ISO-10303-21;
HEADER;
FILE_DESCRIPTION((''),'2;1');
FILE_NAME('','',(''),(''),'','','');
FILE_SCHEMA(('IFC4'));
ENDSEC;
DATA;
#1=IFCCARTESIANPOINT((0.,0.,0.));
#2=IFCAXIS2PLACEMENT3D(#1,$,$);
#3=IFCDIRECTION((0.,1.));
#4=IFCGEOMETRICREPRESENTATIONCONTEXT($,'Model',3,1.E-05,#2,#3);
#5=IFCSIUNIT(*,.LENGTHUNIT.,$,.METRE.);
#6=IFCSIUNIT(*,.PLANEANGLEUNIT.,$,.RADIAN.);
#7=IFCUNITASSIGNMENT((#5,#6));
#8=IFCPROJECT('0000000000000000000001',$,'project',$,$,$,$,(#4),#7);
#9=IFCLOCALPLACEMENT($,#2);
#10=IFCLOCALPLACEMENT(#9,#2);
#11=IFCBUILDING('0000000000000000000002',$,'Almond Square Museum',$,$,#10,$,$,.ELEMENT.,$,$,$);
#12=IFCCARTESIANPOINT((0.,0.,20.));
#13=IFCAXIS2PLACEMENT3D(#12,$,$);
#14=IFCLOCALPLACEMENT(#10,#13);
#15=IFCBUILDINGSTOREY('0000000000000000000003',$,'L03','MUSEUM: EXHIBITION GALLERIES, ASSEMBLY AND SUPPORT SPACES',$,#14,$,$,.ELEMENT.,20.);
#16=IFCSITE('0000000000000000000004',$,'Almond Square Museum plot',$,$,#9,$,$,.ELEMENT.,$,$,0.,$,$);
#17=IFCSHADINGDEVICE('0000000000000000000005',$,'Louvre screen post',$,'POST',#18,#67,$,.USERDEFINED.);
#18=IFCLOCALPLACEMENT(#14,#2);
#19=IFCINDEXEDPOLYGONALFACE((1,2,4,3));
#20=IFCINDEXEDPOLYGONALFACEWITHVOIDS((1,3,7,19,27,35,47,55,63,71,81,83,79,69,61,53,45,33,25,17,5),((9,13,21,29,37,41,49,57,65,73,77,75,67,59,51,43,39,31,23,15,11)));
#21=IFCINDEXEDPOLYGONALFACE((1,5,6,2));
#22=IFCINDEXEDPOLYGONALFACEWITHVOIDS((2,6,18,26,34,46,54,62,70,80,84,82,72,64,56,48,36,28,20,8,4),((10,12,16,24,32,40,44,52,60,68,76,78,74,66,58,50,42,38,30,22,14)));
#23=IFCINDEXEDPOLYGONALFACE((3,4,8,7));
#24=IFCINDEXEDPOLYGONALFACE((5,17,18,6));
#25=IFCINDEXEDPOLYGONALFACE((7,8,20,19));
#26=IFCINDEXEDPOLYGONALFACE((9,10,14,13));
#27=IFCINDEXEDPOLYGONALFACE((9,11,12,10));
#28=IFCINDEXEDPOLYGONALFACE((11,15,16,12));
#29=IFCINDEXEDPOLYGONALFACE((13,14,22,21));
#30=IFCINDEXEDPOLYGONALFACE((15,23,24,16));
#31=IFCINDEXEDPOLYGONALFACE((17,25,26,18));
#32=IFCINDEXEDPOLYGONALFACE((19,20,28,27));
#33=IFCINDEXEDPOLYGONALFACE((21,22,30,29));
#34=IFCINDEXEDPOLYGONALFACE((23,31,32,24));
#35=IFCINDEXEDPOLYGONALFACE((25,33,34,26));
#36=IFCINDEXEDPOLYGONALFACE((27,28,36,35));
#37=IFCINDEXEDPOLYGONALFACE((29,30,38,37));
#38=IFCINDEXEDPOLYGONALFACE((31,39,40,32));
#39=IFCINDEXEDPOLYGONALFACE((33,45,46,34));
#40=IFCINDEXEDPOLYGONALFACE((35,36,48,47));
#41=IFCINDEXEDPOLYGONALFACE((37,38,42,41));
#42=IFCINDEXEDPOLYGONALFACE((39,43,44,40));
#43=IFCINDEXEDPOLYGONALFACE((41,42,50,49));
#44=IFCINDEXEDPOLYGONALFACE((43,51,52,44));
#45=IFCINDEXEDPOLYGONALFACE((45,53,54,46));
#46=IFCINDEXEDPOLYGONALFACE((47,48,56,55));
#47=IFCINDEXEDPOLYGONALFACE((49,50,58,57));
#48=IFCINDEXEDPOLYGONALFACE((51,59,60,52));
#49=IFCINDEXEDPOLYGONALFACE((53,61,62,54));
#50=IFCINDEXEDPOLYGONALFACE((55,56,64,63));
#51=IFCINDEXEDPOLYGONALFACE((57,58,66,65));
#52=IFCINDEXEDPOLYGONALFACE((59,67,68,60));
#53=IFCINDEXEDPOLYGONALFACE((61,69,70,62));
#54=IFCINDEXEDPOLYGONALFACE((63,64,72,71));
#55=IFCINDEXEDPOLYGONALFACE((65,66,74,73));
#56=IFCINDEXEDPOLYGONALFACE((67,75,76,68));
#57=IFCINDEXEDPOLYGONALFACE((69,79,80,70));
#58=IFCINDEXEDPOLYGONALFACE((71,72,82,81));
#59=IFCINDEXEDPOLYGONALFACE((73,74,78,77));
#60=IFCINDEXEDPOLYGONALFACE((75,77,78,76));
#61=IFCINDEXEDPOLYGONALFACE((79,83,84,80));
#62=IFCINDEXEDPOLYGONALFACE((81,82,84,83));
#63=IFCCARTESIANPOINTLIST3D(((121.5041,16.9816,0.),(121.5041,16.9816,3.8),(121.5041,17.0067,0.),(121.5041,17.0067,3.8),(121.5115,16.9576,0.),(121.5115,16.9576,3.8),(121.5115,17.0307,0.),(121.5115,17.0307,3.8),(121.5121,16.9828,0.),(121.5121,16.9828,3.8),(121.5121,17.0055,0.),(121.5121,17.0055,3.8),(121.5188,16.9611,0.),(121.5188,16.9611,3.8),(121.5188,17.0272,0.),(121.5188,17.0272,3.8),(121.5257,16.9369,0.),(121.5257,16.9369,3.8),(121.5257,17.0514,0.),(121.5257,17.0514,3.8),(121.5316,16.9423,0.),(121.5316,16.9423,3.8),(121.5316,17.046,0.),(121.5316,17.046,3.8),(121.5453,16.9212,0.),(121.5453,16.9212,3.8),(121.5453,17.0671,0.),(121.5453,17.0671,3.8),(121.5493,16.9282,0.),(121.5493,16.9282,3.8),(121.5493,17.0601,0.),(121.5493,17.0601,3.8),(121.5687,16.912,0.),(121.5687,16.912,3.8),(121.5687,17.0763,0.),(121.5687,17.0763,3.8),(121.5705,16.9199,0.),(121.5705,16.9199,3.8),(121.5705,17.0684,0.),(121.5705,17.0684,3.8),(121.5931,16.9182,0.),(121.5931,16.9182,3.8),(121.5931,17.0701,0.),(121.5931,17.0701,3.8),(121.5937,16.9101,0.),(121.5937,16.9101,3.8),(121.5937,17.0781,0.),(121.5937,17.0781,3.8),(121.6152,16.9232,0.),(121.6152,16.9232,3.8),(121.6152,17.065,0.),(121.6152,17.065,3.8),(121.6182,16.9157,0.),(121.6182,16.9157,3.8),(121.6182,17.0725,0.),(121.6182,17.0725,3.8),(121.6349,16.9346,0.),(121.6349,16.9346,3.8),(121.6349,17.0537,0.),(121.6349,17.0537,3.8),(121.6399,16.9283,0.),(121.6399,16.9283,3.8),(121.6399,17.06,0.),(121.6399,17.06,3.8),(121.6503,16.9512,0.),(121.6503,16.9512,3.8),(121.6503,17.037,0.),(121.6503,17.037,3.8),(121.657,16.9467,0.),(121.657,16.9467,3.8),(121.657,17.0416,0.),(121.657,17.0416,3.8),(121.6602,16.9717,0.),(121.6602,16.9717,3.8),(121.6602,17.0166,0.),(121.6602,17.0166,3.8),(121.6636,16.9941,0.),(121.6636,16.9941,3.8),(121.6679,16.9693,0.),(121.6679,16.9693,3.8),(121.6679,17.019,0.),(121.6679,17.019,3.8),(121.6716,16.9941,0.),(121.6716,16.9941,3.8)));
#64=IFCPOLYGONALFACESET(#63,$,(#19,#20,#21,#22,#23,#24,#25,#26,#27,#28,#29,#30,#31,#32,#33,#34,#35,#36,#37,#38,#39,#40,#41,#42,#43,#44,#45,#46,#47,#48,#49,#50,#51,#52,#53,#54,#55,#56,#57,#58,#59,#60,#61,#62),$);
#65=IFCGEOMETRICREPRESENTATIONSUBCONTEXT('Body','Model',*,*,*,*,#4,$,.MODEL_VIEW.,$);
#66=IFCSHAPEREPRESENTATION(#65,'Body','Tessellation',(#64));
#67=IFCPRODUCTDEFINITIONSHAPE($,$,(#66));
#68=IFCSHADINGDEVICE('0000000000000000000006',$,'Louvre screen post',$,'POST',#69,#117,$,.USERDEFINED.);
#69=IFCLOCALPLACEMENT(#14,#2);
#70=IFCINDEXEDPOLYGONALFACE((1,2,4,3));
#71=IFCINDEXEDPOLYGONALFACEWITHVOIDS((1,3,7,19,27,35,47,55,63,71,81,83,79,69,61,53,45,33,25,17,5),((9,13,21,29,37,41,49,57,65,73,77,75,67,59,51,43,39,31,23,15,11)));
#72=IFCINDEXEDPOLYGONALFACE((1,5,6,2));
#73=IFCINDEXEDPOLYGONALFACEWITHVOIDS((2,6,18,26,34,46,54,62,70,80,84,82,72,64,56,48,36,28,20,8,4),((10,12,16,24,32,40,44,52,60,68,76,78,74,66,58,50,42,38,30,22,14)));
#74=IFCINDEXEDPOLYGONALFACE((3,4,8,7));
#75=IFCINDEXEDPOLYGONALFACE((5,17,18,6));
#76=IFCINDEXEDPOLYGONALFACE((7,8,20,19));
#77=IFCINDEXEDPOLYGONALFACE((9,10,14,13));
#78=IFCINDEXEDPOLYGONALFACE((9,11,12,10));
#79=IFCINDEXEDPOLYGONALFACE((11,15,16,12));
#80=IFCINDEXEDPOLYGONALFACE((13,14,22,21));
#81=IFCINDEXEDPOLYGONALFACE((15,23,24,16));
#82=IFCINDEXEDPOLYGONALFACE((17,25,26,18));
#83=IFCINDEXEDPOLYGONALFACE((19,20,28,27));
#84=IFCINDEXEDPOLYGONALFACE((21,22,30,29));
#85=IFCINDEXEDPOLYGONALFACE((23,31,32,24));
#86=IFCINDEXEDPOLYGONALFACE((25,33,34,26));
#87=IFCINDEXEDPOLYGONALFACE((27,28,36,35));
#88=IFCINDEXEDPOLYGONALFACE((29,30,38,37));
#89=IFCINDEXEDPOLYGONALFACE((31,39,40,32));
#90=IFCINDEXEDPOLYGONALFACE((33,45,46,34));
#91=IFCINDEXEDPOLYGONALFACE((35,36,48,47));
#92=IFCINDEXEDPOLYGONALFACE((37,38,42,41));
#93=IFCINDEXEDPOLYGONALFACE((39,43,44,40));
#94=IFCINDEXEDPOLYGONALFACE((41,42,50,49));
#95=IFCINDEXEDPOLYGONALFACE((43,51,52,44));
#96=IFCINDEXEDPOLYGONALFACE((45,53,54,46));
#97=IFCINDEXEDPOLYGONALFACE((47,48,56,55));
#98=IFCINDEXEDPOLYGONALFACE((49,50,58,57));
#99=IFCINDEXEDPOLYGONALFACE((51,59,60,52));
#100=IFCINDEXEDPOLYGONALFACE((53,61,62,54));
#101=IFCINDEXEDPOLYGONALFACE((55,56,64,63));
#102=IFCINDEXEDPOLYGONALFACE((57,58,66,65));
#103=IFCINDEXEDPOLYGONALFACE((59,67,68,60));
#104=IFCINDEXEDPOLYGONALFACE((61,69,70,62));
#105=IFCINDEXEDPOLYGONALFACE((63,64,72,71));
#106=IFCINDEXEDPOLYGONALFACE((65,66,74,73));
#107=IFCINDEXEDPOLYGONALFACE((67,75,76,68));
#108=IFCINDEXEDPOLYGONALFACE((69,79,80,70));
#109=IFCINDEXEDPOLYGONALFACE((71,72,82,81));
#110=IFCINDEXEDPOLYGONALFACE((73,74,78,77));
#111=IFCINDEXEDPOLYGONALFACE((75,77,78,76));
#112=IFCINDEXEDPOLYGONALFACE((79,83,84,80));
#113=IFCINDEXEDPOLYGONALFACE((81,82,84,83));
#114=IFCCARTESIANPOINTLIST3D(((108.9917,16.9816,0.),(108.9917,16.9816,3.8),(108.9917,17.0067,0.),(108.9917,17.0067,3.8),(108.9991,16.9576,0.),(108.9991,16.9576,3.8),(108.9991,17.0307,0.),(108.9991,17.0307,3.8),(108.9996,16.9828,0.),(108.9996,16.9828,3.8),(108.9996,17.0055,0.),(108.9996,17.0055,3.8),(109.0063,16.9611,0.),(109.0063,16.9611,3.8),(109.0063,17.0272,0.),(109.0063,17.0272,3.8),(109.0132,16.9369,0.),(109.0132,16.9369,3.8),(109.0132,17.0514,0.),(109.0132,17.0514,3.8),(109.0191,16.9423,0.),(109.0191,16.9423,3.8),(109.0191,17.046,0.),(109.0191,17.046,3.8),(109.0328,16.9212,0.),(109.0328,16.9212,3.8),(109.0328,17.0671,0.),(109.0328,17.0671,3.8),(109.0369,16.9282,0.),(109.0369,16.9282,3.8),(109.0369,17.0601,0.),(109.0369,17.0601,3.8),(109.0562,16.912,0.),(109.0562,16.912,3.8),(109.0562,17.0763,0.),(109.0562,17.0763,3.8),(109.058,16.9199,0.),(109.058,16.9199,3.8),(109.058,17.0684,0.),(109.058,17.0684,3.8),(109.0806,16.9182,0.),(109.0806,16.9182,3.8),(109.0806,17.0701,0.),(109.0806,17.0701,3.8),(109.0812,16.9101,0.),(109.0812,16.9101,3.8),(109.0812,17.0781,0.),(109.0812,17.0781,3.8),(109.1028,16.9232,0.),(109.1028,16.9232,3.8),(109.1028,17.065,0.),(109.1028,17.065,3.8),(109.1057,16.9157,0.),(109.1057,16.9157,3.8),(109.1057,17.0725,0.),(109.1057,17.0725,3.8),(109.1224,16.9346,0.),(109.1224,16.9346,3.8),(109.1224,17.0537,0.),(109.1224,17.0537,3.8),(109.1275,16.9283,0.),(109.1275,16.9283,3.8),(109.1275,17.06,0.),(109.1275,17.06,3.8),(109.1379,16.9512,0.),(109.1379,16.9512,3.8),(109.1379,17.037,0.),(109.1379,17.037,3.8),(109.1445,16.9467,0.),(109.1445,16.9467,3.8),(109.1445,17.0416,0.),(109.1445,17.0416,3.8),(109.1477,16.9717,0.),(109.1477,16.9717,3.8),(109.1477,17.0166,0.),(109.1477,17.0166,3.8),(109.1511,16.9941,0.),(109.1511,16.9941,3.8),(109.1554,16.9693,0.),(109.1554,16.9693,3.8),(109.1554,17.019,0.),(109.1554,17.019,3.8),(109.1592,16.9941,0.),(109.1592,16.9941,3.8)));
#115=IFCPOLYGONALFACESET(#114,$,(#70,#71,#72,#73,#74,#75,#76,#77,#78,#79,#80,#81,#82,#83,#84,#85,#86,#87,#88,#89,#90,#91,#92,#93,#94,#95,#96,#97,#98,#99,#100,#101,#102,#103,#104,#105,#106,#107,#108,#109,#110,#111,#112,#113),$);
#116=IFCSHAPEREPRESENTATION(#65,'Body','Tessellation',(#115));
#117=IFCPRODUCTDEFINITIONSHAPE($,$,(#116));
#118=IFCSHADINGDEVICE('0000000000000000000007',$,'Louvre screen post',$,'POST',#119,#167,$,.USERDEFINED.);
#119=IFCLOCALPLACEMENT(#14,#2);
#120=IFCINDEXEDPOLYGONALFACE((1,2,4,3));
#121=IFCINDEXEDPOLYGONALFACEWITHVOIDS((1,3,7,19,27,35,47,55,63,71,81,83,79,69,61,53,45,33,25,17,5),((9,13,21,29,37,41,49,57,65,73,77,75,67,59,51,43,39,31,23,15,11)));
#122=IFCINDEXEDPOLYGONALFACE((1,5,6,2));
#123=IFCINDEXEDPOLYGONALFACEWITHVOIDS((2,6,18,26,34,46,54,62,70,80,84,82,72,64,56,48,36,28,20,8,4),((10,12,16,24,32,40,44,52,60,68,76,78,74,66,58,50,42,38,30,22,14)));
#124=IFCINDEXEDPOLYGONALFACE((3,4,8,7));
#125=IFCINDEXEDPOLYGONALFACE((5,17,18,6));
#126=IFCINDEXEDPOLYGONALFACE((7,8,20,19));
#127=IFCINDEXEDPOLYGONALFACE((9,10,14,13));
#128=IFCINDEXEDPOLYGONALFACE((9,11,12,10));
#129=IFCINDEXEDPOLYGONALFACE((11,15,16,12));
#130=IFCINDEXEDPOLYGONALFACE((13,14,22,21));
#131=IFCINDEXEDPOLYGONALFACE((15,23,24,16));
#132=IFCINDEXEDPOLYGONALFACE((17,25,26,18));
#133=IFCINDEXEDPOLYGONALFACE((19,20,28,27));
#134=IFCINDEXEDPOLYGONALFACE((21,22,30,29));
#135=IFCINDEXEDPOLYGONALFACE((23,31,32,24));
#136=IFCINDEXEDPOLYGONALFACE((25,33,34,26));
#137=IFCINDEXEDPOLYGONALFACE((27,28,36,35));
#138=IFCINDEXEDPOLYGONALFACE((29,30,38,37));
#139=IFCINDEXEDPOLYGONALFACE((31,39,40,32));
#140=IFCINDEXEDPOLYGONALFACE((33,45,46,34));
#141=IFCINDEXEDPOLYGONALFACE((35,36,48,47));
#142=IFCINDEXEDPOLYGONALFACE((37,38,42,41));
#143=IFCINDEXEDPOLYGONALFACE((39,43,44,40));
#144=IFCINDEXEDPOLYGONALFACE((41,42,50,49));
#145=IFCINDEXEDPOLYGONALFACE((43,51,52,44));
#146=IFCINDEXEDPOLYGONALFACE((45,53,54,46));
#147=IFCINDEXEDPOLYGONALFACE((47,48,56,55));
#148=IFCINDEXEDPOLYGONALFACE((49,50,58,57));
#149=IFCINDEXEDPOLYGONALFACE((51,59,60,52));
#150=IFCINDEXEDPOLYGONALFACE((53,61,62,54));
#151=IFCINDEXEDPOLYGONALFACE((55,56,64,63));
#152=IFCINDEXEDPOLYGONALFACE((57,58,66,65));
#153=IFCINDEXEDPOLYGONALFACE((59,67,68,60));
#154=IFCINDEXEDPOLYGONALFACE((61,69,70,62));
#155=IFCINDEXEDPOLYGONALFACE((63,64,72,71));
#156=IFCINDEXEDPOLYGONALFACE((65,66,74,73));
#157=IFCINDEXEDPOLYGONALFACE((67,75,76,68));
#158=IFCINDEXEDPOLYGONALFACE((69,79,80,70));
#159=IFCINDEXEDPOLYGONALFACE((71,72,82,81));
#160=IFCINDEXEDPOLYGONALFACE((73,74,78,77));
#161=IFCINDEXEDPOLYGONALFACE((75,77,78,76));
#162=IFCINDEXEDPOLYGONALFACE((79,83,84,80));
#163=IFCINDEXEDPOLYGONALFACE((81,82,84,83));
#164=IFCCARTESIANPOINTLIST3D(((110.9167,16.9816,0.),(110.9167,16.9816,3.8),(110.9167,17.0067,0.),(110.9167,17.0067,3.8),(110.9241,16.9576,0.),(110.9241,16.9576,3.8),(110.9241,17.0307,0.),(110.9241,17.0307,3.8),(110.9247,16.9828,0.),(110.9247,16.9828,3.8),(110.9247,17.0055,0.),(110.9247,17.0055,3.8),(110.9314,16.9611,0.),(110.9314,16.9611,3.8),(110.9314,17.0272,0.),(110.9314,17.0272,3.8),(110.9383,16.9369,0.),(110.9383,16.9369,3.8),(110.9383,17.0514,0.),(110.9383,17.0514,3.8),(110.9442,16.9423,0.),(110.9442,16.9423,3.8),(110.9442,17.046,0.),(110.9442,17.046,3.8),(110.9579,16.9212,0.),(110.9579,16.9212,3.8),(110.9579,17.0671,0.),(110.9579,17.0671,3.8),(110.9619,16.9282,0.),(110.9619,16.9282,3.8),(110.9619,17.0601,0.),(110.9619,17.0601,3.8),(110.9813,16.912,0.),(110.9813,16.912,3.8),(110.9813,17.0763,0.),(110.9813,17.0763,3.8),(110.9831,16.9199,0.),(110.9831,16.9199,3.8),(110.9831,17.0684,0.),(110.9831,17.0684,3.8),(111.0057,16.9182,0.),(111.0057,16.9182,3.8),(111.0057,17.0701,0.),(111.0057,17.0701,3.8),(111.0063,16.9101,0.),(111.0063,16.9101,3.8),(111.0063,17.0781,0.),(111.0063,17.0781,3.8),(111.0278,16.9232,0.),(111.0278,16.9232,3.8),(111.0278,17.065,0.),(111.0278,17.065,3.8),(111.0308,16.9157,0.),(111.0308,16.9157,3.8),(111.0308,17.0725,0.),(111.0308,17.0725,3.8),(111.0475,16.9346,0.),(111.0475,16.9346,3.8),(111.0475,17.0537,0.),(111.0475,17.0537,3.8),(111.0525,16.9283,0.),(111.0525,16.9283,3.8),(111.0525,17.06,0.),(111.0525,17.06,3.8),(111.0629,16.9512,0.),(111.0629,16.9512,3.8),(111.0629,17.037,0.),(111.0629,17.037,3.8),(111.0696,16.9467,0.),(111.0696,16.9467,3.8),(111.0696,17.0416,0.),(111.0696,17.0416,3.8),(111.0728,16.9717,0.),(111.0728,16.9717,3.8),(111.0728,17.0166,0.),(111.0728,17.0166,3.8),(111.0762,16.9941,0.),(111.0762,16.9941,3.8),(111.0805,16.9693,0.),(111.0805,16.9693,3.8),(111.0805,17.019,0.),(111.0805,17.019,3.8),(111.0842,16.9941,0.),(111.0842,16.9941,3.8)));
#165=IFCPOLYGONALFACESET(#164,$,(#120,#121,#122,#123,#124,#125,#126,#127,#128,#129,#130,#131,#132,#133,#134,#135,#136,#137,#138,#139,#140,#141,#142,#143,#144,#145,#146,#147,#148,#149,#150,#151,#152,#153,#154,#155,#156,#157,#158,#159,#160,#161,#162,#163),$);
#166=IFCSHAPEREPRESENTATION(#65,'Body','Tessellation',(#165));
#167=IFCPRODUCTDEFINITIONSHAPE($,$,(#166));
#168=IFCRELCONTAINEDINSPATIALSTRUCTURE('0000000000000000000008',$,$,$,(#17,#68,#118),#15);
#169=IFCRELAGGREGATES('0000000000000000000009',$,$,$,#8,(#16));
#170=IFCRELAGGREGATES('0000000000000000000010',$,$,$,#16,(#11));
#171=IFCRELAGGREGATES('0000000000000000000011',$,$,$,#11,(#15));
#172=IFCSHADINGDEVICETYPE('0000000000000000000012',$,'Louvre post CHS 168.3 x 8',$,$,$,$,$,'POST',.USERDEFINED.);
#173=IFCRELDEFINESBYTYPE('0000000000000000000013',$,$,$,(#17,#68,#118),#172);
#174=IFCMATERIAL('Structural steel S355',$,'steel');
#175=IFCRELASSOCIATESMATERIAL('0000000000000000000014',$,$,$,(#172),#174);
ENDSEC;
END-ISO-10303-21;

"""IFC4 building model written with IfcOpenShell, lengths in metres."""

from ifc_helpers import new_model, si_unit, direction, frame, origin, origin_2d, place, context, subcontext, project, spatial, hollow_circle, extrude, material, material_profile, profile_set, type_object, element, save


model = new_model("IFC4")

# Units and contexts
model_context = context("Model", 3, precision=1e-05, world=origin(), true_north=direction((0.0, 1.0)))
body_context = subcontext(model_context, "Body", "Model", "MODEL_VIEW")
ifc_project = project(units=[si_unit("LENGTHUNIT", "METRE"), si_unit("PLANEANGLEUNIT", "RADIAN")], contexts=[model_context])

# Site, building, storey
site_placement = place(None, origin())
site = spatial("IfcSite", under=ifc_project, at=site_placement, Name="Almond Square Museum plot", CompositionType="ELEMENT", RefElevation=0.0)
building_placement = place(site_placement, origin())
building = spatial("IfcBuilding", under=site, at=building_placement, Name="Almond Square Museum", CompositionType="ELEMENT")
storey_placement = place(building_placement, frame((0.0, 0.0, 20.0)))
storey = spatial("IfcBuildingStorey", under=building, at=storey_placement, Name="L03", Description="MUSEUM: EXHIBITION GALLERIES, ASSEMBLY AND SUPPORT SPACES", CompositionType="ELEMENT", Elevation=20.0)

# Shading devices
ifc_material_1 = material(Name="Structural steel S355", Category="steel")
ifc_material_profile_1 = material_profile(ifc_material_1, hollow_circle(Radius=0.0842, WallThickness=0.0081, at=origin_2d()))
ifc_profile_set_1 = profile_set([ifc_material_profile_1], Name="Structural steel S355")
shading_device_type = type_object("IfcShadingDeviceType", Name="Louvre post CHS 168.3 x 8", ElementType="POST", PredefinedType="USERDEFINED", material=ifc_profile_set_1)
for number, where, z_axis, x_axis, name in (
    (1, (121.5874, 16.9941, 0.0), (0.0, 0.0, 1.0), (1.0, 0.0, 0.0), "Louvre screen post"),
    (2, (109.075, 16.9941, 0.0), (0.0, 0.0, 1.0), (1.0, 0.0, 0.0), "Louvre screen post"),
    (3, (111.0, 16.9941, 0.0), (0.0, 0.0, 1.0), (1.0, 0.0, 0.0), "Louvre screen post"),
):
    element("IfcShadingDevice", number, at=place(storey_placement, frame(where, z_axis=z_axis, x_axis=x_axis)), inside=storey, type_object=shading_device_type, Name=name, ObjectType="POST", PredefinedType="USERDEFINED", context=body_context, shape_type="SweptSolid", body=[
        extrude(hollow_circle(Radius=0.0842, WallThickness=0.0081, at=origin_2d()), origin(), (0.0, 0.0, 1.0), 3.8),
    ])

save(model, "model.ifc")
